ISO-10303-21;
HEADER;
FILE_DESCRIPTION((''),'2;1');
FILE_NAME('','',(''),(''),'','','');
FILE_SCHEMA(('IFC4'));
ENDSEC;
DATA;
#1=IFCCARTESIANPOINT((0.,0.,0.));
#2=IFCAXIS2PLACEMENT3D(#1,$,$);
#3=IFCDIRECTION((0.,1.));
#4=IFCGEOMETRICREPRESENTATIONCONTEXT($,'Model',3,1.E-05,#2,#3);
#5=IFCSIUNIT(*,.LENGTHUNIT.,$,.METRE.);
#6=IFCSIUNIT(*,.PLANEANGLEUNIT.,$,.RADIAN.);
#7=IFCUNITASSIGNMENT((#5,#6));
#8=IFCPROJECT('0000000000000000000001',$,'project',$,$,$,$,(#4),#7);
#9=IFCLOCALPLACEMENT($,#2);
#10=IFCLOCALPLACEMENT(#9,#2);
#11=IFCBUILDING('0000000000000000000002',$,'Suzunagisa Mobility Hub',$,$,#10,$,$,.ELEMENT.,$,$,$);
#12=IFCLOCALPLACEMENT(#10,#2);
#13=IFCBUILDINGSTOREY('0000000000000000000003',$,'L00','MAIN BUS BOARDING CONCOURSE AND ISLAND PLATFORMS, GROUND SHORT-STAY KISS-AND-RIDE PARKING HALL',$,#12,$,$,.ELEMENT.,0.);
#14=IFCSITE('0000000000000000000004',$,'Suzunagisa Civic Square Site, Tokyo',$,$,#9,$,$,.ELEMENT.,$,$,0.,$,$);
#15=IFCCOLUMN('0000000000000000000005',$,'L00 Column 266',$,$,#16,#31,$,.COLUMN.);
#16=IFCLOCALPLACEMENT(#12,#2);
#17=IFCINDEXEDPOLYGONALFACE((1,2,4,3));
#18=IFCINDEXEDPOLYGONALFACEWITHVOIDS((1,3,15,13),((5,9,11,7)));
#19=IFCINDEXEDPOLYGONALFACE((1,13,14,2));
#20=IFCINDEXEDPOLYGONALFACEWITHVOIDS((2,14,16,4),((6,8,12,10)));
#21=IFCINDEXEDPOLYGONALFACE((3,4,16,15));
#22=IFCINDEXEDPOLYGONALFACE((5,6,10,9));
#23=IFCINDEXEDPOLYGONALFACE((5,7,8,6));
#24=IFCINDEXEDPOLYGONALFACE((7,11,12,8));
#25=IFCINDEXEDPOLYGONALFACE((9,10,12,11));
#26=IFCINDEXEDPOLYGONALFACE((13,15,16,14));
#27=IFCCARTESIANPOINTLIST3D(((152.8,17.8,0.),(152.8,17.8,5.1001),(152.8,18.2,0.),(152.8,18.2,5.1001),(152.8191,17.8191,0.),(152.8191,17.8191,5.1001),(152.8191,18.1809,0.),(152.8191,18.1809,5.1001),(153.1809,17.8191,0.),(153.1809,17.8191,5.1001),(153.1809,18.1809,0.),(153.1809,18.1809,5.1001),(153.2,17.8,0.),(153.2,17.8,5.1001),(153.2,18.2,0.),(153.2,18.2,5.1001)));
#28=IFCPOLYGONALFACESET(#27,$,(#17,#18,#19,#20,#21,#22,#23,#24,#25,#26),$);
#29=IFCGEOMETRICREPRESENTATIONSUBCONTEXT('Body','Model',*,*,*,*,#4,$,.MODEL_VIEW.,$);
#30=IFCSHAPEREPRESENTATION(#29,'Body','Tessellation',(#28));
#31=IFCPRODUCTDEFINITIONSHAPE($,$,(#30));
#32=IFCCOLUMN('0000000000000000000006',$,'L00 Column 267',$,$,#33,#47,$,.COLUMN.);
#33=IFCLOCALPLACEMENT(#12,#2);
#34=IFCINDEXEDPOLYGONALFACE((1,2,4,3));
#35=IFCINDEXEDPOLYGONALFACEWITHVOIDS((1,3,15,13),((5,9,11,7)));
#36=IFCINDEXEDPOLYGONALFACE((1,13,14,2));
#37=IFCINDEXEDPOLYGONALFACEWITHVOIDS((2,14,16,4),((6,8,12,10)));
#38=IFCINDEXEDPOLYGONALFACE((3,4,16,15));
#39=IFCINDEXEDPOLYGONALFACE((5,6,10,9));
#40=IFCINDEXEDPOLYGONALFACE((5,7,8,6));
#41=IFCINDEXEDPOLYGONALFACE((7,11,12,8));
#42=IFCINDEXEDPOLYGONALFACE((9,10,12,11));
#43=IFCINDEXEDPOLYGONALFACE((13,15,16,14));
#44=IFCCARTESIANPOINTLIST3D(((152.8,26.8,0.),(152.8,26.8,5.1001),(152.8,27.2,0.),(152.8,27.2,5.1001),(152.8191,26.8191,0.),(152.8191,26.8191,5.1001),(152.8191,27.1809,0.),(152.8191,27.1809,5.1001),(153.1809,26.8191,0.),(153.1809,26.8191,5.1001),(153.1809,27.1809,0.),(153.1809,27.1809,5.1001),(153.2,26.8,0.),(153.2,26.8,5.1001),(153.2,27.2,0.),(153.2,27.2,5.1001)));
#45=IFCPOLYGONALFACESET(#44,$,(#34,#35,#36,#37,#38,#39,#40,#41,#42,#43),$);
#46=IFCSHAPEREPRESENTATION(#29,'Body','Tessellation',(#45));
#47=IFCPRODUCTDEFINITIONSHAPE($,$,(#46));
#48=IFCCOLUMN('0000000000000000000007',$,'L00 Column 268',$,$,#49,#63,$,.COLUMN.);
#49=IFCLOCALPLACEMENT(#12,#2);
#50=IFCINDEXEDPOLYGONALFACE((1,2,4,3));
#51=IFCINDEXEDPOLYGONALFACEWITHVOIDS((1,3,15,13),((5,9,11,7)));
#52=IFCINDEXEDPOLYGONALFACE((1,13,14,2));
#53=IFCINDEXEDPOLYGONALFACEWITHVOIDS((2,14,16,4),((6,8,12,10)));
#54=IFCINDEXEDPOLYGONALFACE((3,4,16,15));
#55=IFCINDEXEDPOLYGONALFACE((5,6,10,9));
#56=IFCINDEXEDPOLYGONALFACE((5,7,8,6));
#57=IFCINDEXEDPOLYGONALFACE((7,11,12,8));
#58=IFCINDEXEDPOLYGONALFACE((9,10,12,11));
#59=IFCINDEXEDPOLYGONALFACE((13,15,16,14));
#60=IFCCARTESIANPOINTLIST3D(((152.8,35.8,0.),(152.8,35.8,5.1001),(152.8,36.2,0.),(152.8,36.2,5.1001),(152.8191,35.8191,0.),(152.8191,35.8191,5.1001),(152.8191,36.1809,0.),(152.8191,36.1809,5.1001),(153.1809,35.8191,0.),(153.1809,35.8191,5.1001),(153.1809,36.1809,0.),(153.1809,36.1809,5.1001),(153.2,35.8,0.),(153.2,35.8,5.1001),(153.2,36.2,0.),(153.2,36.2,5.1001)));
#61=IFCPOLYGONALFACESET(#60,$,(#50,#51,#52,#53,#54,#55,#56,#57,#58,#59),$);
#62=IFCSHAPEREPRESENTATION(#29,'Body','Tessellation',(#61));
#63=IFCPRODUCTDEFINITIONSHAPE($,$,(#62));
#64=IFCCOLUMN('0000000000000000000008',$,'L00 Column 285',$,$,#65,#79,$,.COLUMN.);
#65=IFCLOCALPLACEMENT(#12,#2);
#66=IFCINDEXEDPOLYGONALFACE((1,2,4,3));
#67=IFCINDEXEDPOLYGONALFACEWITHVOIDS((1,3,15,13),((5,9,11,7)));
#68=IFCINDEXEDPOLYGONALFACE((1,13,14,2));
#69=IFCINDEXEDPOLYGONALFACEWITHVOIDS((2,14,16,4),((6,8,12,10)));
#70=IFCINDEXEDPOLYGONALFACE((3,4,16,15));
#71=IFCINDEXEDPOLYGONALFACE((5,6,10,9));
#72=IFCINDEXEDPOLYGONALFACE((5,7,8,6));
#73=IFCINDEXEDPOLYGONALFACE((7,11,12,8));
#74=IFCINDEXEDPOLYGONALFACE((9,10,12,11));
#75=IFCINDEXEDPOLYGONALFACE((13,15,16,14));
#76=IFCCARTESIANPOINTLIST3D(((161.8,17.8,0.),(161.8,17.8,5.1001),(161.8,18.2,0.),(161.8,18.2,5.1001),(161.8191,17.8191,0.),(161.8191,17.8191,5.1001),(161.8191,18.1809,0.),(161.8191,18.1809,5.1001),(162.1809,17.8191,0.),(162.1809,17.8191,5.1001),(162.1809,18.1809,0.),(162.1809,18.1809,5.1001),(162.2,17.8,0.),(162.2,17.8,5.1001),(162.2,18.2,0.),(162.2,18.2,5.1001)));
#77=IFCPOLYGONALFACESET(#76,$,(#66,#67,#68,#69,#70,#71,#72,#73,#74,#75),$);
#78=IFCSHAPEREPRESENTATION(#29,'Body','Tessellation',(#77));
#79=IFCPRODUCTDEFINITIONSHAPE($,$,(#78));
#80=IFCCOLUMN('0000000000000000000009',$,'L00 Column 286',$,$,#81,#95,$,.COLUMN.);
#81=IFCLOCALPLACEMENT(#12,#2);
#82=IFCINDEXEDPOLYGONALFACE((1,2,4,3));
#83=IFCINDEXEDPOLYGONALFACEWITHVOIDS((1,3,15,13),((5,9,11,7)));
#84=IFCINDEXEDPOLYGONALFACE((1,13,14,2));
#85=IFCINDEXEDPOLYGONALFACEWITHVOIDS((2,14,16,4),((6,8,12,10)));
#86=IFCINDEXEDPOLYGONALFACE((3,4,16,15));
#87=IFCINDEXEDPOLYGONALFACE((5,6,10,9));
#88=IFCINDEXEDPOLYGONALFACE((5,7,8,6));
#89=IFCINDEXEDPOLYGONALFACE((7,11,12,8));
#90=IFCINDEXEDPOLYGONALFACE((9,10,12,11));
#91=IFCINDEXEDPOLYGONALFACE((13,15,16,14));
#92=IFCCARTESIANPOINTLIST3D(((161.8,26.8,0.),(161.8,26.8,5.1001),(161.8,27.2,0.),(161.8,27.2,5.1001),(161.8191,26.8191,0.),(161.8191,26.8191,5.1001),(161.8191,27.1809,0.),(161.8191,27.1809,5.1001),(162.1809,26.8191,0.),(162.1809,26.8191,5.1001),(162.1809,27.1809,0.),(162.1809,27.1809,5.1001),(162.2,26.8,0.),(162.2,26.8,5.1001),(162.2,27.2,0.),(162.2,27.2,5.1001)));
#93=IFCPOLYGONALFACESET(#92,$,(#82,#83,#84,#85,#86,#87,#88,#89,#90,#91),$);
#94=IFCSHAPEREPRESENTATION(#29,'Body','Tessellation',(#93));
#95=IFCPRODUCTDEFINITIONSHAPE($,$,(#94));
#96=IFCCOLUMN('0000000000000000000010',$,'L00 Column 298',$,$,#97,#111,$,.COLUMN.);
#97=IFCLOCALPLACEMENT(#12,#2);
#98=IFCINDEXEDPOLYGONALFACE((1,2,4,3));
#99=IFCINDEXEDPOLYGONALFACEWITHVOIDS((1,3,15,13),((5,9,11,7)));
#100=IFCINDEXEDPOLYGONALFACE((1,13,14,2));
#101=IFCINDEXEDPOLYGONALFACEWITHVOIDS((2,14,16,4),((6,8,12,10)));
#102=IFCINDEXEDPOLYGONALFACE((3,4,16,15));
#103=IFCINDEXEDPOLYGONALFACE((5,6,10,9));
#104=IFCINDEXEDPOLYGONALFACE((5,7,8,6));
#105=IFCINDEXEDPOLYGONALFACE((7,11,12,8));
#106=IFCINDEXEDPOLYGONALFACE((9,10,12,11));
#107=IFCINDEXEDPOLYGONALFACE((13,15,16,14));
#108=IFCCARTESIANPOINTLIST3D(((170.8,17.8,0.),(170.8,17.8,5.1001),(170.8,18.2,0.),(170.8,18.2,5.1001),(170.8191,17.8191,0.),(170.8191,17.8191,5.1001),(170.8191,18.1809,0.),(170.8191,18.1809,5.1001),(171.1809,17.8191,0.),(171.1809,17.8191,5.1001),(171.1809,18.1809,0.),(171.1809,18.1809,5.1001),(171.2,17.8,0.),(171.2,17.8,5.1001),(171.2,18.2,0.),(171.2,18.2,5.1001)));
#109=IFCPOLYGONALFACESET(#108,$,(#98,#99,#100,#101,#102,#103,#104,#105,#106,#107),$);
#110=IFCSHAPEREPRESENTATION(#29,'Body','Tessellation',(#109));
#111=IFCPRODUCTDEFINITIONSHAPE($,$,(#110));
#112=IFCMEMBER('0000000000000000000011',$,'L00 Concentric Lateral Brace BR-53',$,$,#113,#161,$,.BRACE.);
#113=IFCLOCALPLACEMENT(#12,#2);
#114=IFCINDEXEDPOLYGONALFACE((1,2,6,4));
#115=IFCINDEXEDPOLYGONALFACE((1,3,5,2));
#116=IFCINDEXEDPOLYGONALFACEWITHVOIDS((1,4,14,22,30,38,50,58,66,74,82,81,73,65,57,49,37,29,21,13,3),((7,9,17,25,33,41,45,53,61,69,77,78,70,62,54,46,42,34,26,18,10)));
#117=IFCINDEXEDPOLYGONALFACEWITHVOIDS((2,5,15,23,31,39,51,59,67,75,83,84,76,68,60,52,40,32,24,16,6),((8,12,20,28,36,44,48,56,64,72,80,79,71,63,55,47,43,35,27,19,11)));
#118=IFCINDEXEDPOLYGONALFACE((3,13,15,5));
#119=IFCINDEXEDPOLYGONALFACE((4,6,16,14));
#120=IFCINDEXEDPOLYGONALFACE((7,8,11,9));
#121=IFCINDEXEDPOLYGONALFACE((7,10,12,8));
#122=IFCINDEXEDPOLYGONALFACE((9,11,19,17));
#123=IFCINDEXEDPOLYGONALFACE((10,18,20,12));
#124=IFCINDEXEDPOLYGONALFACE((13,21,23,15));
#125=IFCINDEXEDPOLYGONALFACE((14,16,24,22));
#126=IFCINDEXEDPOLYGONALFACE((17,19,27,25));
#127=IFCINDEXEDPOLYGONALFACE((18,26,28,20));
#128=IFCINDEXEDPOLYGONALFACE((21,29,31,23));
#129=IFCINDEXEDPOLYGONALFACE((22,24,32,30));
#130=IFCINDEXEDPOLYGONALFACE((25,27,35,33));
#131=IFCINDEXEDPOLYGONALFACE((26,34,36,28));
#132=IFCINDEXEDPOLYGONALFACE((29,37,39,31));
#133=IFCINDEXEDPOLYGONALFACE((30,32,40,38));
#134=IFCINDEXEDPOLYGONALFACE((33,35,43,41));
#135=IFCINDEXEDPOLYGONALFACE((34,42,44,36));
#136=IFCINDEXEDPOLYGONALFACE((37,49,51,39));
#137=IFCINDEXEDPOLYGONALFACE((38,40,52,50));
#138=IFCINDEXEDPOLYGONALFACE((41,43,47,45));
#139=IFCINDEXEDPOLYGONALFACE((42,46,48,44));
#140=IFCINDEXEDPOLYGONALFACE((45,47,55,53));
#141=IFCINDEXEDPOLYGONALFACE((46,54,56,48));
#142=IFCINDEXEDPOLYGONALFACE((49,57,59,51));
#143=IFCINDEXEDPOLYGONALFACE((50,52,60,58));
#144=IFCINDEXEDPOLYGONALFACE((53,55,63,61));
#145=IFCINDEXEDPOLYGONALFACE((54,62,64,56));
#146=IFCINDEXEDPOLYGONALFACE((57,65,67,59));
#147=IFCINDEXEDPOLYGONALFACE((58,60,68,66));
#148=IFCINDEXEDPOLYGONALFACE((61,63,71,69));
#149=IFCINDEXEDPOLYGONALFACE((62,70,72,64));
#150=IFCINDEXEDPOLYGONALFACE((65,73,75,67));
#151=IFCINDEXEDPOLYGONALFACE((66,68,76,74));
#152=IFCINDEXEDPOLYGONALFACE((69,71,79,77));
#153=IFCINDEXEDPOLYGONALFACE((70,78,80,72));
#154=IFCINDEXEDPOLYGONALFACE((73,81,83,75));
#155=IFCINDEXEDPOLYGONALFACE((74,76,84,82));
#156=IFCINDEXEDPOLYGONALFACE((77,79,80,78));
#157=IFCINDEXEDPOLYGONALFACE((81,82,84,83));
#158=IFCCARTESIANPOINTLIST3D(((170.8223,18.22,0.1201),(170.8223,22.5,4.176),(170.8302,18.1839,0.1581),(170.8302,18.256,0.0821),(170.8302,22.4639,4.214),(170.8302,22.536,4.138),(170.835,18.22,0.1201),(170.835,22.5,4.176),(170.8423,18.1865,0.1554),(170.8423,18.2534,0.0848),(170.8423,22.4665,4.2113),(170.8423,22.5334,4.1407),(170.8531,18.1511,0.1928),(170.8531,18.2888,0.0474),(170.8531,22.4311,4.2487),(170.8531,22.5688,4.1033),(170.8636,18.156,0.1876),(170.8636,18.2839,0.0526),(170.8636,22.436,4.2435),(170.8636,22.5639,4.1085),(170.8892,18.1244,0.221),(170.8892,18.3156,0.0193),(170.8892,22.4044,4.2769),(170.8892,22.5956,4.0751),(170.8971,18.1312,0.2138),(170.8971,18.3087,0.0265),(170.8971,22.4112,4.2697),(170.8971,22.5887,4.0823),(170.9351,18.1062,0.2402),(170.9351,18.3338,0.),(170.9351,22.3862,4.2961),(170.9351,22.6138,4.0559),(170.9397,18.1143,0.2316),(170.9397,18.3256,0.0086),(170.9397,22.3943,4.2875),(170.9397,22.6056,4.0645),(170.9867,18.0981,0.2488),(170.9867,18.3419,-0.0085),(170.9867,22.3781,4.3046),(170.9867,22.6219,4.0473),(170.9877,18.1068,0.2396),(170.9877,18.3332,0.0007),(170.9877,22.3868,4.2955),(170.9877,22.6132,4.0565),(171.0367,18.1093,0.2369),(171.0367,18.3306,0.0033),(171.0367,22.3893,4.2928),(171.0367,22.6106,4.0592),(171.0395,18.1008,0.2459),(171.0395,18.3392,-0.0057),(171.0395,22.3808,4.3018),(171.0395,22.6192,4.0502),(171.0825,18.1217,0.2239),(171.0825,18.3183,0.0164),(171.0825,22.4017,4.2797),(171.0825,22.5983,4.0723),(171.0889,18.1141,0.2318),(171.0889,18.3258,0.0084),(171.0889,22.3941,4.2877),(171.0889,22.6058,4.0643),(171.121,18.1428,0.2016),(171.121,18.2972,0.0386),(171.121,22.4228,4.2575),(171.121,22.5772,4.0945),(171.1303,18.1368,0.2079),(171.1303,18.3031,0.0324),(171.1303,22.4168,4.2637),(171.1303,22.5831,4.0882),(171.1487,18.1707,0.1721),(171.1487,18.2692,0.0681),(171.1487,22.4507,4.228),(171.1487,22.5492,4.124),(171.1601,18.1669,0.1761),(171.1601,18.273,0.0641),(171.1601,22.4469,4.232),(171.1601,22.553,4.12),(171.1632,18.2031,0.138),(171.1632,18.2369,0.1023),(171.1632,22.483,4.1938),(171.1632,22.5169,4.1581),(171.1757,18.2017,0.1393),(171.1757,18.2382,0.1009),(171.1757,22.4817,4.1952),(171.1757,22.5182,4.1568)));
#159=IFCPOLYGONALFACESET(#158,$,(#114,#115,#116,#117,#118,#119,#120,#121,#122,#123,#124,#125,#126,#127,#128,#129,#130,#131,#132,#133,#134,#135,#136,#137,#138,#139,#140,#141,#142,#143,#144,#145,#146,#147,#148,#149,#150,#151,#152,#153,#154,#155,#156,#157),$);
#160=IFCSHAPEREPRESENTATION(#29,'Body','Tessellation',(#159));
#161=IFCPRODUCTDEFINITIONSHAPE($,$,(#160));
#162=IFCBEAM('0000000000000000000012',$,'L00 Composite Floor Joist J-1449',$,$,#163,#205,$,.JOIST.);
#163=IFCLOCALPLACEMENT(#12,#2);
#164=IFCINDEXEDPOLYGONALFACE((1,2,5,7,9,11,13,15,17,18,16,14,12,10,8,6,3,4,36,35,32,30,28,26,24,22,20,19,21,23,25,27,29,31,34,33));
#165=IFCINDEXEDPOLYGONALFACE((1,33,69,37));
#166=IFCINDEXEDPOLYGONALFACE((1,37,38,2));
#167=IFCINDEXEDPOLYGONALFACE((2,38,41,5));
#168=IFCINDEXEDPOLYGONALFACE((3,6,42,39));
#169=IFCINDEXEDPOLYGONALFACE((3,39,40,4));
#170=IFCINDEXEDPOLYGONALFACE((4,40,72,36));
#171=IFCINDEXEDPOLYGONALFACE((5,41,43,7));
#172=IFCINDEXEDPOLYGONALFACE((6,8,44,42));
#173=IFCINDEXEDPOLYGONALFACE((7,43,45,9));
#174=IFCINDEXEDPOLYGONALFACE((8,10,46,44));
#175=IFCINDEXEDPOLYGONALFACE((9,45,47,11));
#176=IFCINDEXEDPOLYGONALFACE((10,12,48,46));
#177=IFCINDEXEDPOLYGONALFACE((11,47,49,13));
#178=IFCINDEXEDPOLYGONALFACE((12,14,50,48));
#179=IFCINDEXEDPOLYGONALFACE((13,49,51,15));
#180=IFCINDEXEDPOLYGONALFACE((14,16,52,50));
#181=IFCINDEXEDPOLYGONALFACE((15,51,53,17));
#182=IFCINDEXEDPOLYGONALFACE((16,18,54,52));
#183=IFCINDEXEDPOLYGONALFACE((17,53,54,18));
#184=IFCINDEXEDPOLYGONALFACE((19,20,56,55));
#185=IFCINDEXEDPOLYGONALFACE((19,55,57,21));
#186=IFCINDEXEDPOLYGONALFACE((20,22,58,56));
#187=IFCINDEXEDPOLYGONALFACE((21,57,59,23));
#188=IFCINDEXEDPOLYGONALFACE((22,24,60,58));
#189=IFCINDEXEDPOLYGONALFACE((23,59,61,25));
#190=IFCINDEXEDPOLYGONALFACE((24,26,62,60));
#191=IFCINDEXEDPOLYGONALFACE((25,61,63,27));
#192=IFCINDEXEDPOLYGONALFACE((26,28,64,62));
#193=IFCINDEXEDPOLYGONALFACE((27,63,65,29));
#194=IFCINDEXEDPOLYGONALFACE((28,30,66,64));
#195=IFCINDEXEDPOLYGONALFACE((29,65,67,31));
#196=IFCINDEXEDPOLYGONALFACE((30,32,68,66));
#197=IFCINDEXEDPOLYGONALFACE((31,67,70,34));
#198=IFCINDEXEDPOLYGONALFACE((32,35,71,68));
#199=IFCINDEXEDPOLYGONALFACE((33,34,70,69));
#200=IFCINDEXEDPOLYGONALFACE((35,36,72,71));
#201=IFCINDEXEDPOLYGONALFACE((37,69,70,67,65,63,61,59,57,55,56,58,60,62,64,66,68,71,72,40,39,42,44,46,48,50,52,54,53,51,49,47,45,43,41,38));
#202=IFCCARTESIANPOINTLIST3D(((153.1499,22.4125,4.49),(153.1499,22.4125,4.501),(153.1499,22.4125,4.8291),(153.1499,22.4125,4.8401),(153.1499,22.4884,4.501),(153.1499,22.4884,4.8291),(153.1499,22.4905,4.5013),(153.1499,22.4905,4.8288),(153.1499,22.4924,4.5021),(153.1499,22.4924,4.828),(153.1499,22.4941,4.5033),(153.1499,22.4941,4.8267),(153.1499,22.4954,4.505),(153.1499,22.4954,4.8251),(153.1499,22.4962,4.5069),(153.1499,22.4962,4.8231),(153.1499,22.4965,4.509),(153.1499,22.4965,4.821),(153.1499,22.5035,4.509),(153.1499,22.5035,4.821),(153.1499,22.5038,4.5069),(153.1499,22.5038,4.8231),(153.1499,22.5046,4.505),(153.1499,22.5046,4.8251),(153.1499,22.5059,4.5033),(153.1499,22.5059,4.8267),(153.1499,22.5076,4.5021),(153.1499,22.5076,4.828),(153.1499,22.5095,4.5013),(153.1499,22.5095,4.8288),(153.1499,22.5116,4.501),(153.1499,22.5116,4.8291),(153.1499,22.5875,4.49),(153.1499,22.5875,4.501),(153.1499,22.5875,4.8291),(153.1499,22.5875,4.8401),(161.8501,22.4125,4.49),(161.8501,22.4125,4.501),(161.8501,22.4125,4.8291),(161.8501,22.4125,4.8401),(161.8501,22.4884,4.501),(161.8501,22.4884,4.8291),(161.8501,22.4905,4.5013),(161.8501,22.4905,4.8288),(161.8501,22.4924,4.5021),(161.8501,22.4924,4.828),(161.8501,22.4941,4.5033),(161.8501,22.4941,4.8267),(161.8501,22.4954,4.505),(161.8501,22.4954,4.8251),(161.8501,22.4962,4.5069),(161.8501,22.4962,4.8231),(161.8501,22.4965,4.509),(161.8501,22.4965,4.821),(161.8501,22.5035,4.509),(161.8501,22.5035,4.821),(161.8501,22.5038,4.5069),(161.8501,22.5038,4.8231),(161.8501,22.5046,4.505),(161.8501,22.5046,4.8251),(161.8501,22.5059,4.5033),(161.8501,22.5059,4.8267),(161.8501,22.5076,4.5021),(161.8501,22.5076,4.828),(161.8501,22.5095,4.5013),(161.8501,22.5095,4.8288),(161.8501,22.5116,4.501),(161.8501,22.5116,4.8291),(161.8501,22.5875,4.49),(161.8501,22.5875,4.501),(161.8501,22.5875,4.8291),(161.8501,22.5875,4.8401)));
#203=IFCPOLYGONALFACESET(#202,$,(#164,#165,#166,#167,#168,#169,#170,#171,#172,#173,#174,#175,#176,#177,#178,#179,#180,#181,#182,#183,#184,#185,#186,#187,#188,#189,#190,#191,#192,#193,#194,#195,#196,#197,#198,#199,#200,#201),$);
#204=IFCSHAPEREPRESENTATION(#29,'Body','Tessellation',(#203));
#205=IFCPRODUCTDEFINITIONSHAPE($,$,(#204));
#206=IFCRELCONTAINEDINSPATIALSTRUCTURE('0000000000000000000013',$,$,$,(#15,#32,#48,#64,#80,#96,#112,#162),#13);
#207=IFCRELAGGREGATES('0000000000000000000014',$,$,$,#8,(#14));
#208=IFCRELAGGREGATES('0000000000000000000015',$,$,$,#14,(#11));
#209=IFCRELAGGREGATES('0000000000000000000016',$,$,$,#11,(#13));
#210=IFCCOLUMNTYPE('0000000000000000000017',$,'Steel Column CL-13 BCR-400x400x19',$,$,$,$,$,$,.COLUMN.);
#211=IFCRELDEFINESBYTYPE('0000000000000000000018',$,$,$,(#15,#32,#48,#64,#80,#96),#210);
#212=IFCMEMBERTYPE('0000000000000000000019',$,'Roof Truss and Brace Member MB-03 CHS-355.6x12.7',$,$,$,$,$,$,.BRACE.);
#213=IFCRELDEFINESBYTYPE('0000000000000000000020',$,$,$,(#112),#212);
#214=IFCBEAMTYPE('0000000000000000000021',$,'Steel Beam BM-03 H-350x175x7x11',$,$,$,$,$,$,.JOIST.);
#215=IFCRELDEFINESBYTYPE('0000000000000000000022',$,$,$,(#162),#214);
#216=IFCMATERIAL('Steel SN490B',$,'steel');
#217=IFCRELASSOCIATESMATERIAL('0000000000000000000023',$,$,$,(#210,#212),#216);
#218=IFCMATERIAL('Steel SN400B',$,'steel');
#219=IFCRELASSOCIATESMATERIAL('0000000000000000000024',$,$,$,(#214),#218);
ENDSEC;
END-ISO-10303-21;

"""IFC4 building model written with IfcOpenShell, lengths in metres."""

from ifc_helpers import new_model, si_unit, direction, frame, origin, origin_2d, place, context, subcontext, project, spatial, hollow_rectangle, hollow_circle, i_section, extrude, material, material_profile, profile_set, type_object, element, save


model = new_model("IFC4")

# Units and contexts
model_context = context("Model", 3, precision=1e-05, world=origin(), true_north=direction((0.0, 1.0)))
body_context = subcontext(model_context, "Body", "Model", "MODEL_VIEW")
ifc_project = project(units=[si_unit("LENGTHUNIT", "METRE"), si_unit("PLANEANGLEUNIT", "RADIAN")], contexts=[model_context])

# Site, building, storey
site_placement = place(None, origin())
site = spatial("IfcSite", under=ifc_project, at=site_placement, Name="Suzunagisa Civic Square Site, Tokyo", CompositionType="ELEMENT", RefElevation=0.0)
building_placement = place(site_placement, origin())
building = spatial("IfcBuilding", under=site, at=building_placement, Name="Suzunagisa Mobility Hub", CompositionType="ELEMENT")
storey_placement = place(building_placement, origin())
storey = spatial("IfcBuildingStorey", under=building, at=storey_placement, Name="L00", Description="MAIN BUS BOARDING CONCOURSE AND ISLAND PLATFORMS, GROUND SHORT-STAY KISS-AND-RIDE PARKING HALL", CompositionType="ELEMENT", Elevation=0.0)

# Columns
ifc_material_1 = material(Name="Steel SN490B", Category="steel")
ifc_material_profile_1 = material_profile(ifc_material_1, hollow_rectangle(XDim=0.3999, YDim=0.3999, WallThickness=0.019, at=origin_2d()), Name="BCR-400x400x19")
ifc_profile_set_1 = profile_set([ifc_material_profile_1], Name="Steel SN490B")
column_type = type_object("IfcColumnType", Name="Steel Column CL-13 BCR-400x400x19", PredefinedType="COLUMN", material=ifc_profile_set_1)
for number, where, z_axis, x_axis, name in (
    (1, (153.0, 18.0, 0.0), (0.0, 0.0, 1.0), (1.0, 0.0, 0.0), "L00 Column 266"),
    (2, (153.0, 27.0, 0.0), (0.0, 0.0, 1.0), (1.0, 0.0, 0.0), "L00 Column 267"),
    (3, (153.0, 36.0, 0.0), (0.0, 0.0, 1.0), (1.0, 0.0, 0.0), "L00 Column 268"),
    (4, (162.0, 18.0, 0.0), (0.0, 0.0, 1.0), (1.0, 0.0, 0.0), "L00 Column 285"),
    (5, (162.0, 27.0, 0.0), (0.0, 0.0, 1.0), (1.0, 0.0, 0.0), "L00 Column 286"),
    (6, (171.0, 18.0, 0.0), (0.0, 0.0, 1.0), (1.0, 0.0, 0.0), "L00 Column 298"),
):
    element("IfcColumn", number, at=place(storey_placement, frame(where, z_axis=z_axis, x_axis=x_axis)), inside=storey, type_object=column_type, Name=name, PredefinedType="COLUMN", context=body_context, shape_type="SweptSolid", body=[
        extrude(hollow_rectangle(XDim=0.3999, YDim=0.3999, WallThickness=0.019, at=origin_2d()), origin(), (0.0, 0.0, 1.0), 5.1001),
    ])

# Member
ifc_material_profile_2 = material_profile(ifc_material_1, hollow_circle(Radius=0.1777, WallThickness=0.0127, at=origin_2d()), Name="CHS-355.6x12.7")
ifc_profile_set_2 = profile_set([ifc_material_profile_2], Name="Steel SN490B")
member_type = type_object("IfcMemberType", Name="Roof Truss and Brace Member MB-03 CHS-355.6x12.7", PredefinedType="BRACE", material=ifc_profile_set_2)
member_placement = place(storey_placement, frame((171.0, 18.22, 0.1201), z_axis=(0.0, 0.725856, 0.687847), x_axis=(-1.0, 0.0, 0.0)))
element("IfcMember", 7, at=member_placement, inside=storey, type_object=member_type, Name="L00 Concentric Lateral Brace BR-53", PredefinedType="BRACE", context=body_context, shape_type="SweptSolid", body=[
    extrude(hollow_circle(Radius=0.1777, WallThickness=0.0127, at=origin_2d()), origin(), (0.0, 0.0, 1.0), 5.8965),
])

# Beam
ifc_material_2 = material(Name="Steel SN400B", Category="steel")
ifc_material_profile_3 = material_profile(ifc_material_2, i_section(OverallWidth=0.175, OverallDepth=0.3501, WebThickness=0.0071, FlangeThickness=0.011, FilletRadius=0.0081, at=origin_2d()), Name="H-350x175x7x11")
ifc_profile_set_3 = profile_set([ifc_material_profile_3], Name="Steel SN400B")
beam_type_1 = type_object("IfcBeamType", Name="Steel Beam BM-03 H-350x175x7x11", PredefinedType="JOIST", material=ifc_profile_set_3)
for number, where, z_axis, x_axis, name in (
    (8, (153.1499, 22.5, 4.665), (1.0, 0.0, 0.0), (0.0, 1.0, 0.0), "L00 Composite Floor Joist J-1449"),
):
    element("IfcBeam", number, at=place(storey_placement, frame(where, z_axis=z_axis, x_axis=x_axis)), inside=storey, type_object=beam_type_1, Name=name, PredefinedType="JOIST", context=body_context, shape_type="SweptSolid", body=[
        extrude(i_section(OverallWidth=0.175, OverallDepth=0.3501, WebThickness=0.0071, FlangeThickness=0.011, FilletRadius=0.0081, at=origin_2d()), origin(), (0.0, 0.0, 1.0), 8.7002),
    ])

save(model, "model.ifc")
